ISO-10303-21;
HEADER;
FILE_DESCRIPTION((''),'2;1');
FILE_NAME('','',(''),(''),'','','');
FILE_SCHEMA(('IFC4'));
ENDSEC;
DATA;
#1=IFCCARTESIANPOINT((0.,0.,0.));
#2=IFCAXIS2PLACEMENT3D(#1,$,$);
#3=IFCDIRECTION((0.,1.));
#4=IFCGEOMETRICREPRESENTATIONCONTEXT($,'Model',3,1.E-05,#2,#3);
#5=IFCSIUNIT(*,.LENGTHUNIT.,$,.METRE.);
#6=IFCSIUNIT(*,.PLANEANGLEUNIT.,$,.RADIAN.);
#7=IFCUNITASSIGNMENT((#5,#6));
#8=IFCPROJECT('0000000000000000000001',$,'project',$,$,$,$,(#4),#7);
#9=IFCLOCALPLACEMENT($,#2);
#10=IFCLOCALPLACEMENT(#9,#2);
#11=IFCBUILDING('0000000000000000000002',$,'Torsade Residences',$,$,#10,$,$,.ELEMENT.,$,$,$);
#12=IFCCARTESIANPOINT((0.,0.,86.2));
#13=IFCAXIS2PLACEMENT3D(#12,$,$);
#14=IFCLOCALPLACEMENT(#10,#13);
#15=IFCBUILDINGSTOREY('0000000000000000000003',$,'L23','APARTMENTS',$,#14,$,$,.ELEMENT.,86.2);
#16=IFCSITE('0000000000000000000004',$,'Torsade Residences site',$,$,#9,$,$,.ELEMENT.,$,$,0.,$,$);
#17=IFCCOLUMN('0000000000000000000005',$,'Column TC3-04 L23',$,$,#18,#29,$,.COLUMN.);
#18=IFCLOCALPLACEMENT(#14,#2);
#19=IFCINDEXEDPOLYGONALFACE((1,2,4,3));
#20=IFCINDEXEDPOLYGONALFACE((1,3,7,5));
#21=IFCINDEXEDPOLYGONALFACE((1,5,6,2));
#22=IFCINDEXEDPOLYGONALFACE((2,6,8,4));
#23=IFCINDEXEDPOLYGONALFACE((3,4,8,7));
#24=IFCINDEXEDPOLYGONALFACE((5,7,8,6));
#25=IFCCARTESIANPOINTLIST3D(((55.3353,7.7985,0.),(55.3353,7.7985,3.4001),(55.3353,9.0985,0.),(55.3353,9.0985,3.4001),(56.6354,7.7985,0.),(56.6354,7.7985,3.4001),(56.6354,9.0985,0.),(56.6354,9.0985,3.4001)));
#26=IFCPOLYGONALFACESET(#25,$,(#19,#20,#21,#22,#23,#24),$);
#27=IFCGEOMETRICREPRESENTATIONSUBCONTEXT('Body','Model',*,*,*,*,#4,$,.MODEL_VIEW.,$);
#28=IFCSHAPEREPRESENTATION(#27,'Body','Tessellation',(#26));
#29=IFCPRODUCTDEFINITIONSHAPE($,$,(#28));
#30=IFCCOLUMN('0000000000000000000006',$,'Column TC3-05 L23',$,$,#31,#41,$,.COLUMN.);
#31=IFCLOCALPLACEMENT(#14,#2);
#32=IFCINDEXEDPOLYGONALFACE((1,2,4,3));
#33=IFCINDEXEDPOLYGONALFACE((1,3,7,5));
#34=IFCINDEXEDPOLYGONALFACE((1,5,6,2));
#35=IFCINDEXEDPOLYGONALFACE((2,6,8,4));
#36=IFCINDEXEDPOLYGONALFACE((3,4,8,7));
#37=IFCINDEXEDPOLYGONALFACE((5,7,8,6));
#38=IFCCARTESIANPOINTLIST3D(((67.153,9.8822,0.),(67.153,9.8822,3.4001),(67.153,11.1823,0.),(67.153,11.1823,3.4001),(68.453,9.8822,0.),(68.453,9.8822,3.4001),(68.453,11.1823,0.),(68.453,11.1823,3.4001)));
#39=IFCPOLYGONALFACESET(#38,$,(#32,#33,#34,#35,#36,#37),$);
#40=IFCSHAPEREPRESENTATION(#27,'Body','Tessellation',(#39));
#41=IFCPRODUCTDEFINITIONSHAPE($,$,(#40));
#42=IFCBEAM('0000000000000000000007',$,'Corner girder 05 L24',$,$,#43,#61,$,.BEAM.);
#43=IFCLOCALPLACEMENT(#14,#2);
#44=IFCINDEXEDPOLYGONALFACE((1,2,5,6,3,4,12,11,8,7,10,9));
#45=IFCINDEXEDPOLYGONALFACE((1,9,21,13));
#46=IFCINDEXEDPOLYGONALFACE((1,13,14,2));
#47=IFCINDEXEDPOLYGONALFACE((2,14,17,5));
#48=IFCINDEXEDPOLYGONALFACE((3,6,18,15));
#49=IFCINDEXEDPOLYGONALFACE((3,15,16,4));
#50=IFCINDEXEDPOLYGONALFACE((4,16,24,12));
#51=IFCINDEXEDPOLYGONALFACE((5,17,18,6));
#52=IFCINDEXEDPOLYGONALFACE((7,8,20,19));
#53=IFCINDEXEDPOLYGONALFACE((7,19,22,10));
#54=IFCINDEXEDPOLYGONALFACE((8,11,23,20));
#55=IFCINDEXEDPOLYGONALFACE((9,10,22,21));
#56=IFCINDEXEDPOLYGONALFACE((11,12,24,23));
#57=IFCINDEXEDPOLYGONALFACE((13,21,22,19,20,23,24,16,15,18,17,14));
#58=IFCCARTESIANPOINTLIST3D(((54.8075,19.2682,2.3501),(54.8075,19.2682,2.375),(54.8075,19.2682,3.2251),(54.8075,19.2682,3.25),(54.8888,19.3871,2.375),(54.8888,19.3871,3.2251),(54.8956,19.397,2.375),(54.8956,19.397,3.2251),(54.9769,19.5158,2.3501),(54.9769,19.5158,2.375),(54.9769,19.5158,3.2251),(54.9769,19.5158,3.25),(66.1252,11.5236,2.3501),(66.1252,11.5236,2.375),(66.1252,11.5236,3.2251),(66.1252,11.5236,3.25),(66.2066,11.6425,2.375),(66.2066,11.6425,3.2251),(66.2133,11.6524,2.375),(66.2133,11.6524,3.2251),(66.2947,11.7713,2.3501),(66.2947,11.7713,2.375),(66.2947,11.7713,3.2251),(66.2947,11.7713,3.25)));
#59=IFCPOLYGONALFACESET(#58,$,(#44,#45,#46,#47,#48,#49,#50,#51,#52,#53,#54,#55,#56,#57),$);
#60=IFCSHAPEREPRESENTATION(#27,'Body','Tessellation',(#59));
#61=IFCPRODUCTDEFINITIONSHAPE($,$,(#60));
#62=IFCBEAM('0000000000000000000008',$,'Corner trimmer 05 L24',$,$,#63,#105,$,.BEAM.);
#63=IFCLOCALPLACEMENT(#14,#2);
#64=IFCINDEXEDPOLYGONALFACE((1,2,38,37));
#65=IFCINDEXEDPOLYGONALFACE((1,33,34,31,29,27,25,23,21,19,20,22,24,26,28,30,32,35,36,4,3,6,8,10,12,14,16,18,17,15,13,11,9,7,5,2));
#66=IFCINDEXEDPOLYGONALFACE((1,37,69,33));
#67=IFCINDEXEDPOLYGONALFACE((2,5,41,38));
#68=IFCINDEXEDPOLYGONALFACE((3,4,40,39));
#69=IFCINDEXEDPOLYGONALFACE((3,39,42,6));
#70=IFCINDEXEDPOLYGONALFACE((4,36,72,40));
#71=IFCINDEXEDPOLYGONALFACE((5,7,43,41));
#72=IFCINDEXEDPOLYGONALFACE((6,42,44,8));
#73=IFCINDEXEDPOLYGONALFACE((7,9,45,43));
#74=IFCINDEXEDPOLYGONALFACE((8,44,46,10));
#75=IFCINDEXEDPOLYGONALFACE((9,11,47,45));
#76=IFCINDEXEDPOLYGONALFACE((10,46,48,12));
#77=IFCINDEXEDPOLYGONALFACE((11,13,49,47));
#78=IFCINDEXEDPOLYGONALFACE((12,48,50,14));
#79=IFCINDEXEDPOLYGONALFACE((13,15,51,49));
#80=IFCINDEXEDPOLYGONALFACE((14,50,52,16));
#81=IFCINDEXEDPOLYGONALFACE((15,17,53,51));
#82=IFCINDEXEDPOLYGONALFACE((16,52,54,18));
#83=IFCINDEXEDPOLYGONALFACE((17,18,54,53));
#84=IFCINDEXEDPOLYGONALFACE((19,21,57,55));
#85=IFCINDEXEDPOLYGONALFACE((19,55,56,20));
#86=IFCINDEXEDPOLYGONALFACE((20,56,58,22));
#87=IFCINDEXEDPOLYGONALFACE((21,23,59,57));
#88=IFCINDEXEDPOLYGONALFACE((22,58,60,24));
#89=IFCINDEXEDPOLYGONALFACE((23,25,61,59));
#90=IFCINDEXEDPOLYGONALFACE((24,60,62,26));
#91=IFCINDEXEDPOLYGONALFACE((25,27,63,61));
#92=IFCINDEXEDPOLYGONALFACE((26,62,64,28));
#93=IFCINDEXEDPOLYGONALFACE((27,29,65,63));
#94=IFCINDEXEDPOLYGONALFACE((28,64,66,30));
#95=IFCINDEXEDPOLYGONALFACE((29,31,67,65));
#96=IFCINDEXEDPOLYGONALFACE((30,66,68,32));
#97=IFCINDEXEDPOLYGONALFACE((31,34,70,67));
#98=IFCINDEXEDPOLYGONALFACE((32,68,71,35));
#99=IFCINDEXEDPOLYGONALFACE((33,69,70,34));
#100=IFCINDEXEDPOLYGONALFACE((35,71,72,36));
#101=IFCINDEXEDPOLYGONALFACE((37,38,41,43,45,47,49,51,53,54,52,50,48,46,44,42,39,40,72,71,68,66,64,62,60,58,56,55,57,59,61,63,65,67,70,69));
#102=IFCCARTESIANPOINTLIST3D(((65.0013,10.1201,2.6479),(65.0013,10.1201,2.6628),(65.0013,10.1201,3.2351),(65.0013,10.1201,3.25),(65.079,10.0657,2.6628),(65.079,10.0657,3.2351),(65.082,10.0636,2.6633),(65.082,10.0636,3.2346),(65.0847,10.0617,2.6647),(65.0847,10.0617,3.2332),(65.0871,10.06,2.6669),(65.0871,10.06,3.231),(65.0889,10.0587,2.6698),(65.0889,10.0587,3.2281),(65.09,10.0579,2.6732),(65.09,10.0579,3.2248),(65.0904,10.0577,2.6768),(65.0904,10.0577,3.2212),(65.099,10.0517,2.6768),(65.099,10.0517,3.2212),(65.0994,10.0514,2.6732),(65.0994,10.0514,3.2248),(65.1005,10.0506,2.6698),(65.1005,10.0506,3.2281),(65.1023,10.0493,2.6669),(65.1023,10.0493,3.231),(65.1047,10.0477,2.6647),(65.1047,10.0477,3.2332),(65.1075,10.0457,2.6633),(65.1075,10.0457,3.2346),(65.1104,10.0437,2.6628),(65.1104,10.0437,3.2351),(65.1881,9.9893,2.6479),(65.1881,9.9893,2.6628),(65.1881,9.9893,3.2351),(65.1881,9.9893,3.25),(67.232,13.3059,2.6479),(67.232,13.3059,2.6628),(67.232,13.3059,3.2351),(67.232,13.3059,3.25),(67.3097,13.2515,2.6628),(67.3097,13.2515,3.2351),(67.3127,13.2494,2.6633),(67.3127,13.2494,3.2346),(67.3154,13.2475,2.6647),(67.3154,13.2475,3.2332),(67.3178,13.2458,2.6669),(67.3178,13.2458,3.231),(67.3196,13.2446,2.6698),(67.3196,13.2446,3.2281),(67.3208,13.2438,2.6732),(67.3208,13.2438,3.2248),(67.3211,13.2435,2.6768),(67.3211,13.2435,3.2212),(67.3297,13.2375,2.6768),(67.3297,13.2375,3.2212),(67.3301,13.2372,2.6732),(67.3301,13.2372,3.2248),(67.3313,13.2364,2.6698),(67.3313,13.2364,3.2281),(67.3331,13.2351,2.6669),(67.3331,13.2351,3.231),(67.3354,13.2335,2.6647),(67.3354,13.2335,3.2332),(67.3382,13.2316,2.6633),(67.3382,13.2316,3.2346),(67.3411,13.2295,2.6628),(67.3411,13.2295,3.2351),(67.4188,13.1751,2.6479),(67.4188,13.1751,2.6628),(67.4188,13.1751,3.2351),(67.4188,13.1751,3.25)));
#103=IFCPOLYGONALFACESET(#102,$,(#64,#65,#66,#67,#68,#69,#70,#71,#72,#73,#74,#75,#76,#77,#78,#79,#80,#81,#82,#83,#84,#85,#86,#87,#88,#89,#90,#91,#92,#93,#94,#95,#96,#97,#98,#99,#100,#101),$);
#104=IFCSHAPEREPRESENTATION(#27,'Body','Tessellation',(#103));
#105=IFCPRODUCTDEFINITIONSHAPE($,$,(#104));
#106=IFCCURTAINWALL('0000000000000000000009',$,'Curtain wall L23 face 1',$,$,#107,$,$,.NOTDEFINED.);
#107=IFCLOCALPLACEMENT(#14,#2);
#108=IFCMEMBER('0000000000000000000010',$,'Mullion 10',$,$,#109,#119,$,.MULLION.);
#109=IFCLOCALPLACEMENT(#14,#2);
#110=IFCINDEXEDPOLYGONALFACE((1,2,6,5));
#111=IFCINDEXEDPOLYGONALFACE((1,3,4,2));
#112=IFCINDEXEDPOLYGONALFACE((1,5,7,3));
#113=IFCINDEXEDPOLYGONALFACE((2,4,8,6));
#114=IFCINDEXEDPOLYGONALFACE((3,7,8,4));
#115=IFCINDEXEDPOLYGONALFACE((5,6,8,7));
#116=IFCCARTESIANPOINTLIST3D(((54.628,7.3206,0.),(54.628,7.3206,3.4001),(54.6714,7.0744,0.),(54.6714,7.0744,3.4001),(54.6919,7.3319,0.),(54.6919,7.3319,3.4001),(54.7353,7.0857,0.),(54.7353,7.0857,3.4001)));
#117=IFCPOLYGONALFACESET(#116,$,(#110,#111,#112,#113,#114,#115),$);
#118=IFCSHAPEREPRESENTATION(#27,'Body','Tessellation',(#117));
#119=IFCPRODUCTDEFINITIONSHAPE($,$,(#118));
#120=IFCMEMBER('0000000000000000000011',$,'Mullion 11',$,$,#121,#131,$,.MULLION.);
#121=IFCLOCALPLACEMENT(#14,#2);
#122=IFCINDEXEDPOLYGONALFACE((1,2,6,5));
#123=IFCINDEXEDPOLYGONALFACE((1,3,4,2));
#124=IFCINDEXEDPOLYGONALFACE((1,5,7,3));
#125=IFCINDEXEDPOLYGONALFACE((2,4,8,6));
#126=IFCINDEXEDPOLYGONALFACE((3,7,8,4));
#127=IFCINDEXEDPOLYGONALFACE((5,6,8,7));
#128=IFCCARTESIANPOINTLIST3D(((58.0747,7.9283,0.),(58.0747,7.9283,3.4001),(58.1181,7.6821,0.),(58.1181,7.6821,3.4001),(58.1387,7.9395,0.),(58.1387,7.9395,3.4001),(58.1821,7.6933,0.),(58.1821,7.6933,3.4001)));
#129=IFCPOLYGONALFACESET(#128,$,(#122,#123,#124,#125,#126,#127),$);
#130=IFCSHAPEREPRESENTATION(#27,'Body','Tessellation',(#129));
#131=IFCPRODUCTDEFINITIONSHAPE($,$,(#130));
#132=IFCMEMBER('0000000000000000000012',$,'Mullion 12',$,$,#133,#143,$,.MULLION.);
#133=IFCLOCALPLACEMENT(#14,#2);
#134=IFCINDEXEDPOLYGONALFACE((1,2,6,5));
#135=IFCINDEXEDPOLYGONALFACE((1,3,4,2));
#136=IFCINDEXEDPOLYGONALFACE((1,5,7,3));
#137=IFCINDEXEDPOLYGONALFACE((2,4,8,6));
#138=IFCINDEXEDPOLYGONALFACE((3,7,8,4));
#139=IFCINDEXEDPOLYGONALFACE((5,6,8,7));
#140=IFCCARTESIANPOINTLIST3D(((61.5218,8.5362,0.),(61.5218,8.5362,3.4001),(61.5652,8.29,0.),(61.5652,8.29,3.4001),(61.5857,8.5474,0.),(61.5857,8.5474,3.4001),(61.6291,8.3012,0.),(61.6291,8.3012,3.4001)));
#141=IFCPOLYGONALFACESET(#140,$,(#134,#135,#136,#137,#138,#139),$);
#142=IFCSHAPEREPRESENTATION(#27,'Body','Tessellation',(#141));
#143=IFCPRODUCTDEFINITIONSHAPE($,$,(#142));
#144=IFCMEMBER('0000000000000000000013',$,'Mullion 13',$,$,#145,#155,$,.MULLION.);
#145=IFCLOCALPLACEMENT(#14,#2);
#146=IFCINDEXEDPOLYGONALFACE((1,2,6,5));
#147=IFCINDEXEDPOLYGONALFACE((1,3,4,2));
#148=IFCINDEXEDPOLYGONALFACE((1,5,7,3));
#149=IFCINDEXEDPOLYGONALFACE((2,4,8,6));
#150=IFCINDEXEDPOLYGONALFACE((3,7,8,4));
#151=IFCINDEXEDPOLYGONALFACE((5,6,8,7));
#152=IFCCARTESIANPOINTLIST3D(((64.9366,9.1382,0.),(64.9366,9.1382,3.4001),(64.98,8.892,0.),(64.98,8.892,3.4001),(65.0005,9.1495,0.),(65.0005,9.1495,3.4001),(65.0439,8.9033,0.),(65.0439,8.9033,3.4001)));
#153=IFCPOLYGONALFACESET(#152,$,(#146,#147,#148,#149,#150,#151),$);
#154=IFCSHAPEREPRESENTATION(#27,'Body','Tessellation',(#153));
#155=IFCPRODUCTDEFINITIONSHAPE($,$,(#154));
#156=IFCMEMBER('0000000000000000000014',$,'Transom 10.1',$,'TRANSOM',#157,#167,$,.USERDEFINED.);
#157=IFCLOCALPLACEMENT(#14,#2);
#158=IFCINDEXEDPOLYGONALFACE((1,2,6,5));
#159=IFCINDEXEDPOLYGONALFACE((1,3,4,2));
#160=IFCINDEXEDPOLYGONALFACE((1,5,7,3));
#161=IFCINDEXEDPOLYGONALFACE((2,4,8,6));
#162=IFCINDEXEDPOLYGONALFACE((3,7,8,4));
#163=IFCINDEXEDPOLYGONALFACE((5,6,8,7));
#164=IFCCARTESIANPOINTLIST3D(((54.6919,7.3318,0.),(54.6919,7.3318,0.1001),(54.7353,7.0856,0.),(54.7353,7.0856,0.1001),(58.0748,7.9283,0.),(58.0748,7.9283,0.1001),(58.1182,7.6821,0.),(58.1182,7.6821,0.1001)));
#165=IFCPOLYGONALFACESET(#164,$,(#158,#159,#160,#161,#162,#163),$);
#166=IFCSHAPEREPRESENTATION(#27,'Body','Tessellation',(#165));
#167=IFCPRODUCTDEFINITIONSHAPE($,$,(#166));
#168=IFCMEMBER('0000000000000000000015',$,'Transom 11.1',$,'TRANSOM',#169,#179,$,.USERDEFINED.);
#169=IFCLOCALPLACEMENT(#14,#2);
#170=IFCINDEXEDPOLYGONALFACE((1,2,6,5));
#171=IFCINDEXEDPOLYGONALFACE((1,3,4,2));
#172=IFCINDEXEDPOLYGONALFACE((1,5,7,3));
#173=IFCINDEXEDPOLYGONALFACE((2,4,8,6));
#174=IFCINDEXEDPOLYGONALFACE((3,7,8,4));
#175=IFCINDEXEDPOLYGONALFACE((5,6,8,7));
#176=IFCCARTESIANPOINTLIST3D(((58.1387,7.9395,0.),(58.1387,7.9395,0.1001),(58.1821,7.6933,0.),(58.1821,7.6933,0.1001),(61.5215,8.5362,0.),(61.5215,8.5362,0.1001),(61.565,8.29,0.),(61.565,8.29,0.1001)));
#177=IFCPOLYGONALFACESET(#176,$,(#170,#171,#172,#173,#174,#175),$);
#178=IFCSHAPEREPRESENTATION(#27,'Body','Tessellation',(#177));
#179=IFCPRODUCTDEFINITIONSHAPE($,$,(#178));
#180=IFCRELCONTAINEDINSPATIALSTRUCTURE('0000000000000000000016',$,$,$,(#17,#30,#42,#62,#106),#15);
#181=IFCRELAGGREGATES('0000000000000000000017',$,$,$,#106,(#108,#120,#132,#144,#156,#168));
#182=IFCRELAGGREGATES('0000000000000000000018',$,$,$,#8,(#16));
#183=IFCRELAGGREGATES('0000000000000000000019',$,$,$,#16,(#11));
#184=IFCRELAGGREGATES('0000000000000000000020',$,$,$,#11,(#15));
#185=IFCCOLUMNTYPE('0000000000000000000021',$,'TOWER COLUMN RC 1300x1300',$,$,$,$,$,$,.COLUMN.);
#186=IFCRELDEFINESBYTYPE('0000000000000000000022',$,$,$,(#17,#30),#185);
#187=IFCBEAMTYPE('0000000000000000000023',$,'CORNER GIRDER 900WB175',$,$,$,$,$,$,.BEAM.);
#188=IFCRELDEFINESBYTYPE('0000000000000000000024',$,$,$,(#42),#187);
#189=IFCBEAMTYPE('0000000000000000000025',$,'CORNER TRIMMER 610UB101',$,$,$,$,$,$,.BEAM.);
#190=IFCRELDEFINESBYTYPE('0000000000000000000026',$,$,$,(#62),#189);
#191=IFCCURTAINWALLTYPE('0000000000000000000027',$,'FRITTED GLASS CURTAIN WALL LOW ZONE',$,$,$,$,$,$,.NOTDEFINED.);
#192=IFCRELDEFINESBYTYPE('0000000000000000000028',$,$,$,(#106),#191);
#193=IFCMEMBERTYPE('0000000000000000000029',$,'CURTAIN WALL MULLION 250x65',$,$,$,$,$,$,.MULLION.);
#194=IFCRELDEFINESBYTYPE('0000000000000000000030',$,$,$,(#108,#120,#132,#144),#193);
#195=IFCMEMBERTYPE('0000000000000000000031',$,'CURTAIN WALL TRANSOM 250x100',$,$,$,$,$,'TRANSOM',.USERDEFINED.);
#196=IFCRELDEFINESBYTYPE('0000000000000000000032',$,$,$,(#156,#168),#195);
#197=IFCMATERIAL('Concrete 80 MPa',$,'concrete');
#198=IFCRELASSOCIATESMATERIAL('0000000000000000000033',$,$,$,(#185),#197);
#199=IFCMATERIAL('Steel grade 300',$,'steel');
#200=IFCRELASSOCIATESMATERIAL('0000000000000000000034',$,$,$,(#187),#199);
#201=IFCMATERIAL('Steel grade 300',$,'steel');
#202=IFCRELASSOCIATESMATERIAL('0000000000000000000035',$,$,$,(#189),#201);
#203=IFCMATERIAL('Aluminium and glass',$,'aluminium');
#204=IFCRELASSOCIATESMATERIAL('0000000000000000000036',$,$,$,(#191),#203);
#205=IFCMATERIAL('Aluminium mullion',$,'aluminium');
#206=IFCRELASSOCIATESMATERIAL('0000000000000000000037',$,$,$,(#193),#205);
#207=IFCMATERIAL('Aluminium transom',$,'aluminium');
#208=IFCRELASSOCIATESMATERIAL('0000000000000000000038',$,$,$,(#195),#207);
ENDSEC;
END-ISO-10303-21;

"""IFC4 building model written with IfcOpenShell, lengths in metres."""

from ifc_helpers import new_model, si_unit, direction, frame, origin, origin_2d, place, context, subcontext, project, spatial, rectangle, i_section, extrude, material, material_profile, profile_set, type_object, element, aggregate, save


model = new_model("IFC4")

# Units and contexts
model_context = context("Model", 3, precision=1e-05, world=origin(), true_north=direction((0.0, 1.0)))
body_context = subcontext(model_context, "Body", "Model", "MODEL_VIEW")
ifc_project = project(units=[si_unit("LENGTHUNIT", "METRE"), si_unit("PLANEANGLEUNIT", "RADIAN")], contexts=[model_context])

# Site, building, storey
site_placement = place(None, origin())
site = spatial("IfcSite", under=ifc_project, at=site_placement, Name="Torsade Residences site", CompositionType="ELEMENT", RefElevation=0.0)
building_placement = place(site_placement, origin())
building = spatial("IfcBuilding", under=site, at=building_placement, Name="Torsade Residences", CompositionType="ELEMENT")
storey_placement = place(building_placement, frame((0.0, 0.0, 86.2)))
storey = spatial("IfcBuildingStorey", under=building, at=storey_placement, Name="L23", Description="APARTMENTS", CompositionType="ELEMENT", Elevation=86.2)

# Columns
ifc_material_1 = material(Name="Concrete 80 MPa", Category="concrete")
ifc_material_profile_1 = material_profile(ifc_material_1, rectangle(XDim=1.3, YDim=1.3, at=origin_2d()), Name="RC 1300x1300")
ifc_profile_set_1 = profile_set([ifc_material_profile_1], Name="Concrete 80 MPa")
column_type = type_object("IfcColumnType", Name="TOWER COLUMN RC 1300x1300", PredefinedType="COLUMN", material=ifc_profile_set_1)
for number, where, z_axis, x_axis, name in (
    (1, (55.9854, 8.4485, 0.0), (0.0, 0.0, 1.0), (1.0, 0.0, 0.0), "Column TC3-04 L23"),
    (2, (67.803, 10.5322, 0.0), (0.0, 0.0, 1.0), (1.0, 0.0, 0.0), "Column TC3-05 L23"),
):
    element("IfcColumn", number, at=place(storey_placement, frame(where, z_axis=z_axis, x_axis=x_axis)), inside=storey, type_object=column_type, Name=name, PredefinedType="COLUMN", context=body_context, shape_type="SweptSolid", body=[
        extrude(rectangle(XDim=1.3, YDim=1.3, at=origin_2d()), origin(), (0.0, 0.0, 1.0), 3.4001),
    ])

# Beams
ifc_material_2 = material(Name="Steel grade 300", Category="steel")
ifc_material_profile_2 = material_profile(ifc_material_2, i_section(OverallWidth=0.3, OverallDepth=0.8999, WebThickness=0.012, FlangeThickness=0.0249, at=origin_2d()), Name="900WB175")
ifc_profile_set_2 = profile_set([ifc_material_profile_2], Name="Steel grade 300")
beam_type_1 = type_object("IfcBeamType", Name="CORNER GIRDER 900WB175", PredefinedType="BEAM", material=ifc_profile_set_2)
beam_1_placement = place(storey_placement, frame((66.21, 11.6475, 2.8), z_axis=(-0.825279, 0.564725, 0.0), x_axis=(-0.564725, -0.825279, 0.0)))
element("IfcBeam", 3, at=beam_1_placement, inside=storey, type_object=beam_type_1, Name="Corner girder 05 L24", PredefinedType="BEAM", context=body_context, shape_type="SweptSolid", body=[
    extrude(i_section(OverallWidth=0.3, OverallDepth=0.8999, WebThickness=0.012, FlangeThickness=0.0249, at=origin_2d()), origin(), (0.0, 0.0, 1.0), 13.7139),
])
ifc_material_3 = material(Name="Steel grade 300", Category="steel")
ifc_material_profile_3 = material_profile(ifc_material_3, i_section(OverallWidth=0.228, OverallDepth=0.6021, WebThickness=0.0105, FlangeThickness=0.0149, FilletRadius=0.0139, at=origin_2d()), Name="610UB101")
ifc_profile_set_3 = profile_set([ifc_material_profile_3], Name="Steel grade 300")
beam_type_2 = type_object("IfcBeamType", Name="CORNER TRIMMER 610UB101", PredefinedType="BEAM", material=ifc_profile_set_3)
beam_2_placement = place(storey_placement, frame((67.3254, 13.2405, 2.949), z_axis=(-0.573576, -0.819152, 0.0), x_axis=(0.819152, -0.573576, 0.0)))
element("IfcBeam", 4, at=beam_2_placement, inside=storey, type_object=beam_type_2, Name="Corner trimmer 05 L24", PredefinedType="BEAM", context=body_context, shape_type="SweptSolid", body=[
    extrude(i_section(OverallWidth=0.228, OverallDepth=0.6021, WebThickness=0.0105, FlangeThickness=0.0149, FilletRadius=0.0139, at=origin_2d()), origin(), (0.0, 0.0, 1.0), 3.8892),
])

# Curtain wall, members
ifc_material_4 = material(Name="Aluminium and glass", Category="aluminium")
curtain_wall_type = type_object("IfcCurtainWallType", Name="FRITTED GLASS CURTAIN WALL LOW ZONE", PredefinedType="NOTDEFINED", material=ifc_material_4)
curtain_wall_placement = place(storey_placement, origin())
curtain_wall = element("IfcCurtainWall", 5, at=curtain_wall_placement, inside=storey, type_object=curtain_wall_type, Name="Curtain wall L23 face 1", PredefinedType="NOTDEFINED")
ifc_material_5 = material(Name="Aluminium mullion", Category="aluminium")
ifc_material_profile_4 = material_profile(ifc_material_5, rectangle(XDim=0.25, YDim=0.0649, at=origin_2d()), Name="CURTAIN WALL MULLION 250x65")
ifc_profile_set_4 = profile_set([ifc_material_profile_4], Name="Aluminium mullion")
member_type_1 = type_object("IfcMemberType", Name="CURTAIN WALL MULLION 250x65", PredefinedType="MULLION", material=ifc_profile_set_4)
member_1_placement = place(storey_placement, frame((54.6816, 7.2031, 0.0), z_axis=(0.0, 0.0, 1.0), x_axis=(-0.173648, 0.984808, 0.0)))
member_1 = element("IfcMember", 6, at=member_1_placement, type_object=member_type_1, Name="Mullion 10", PredefinedType="MULLION", context=body_context, shape_type="SweptSolid", body=[
    extrude(rectangle(XDim=0.25, YDim=0.0649, at=origin_2d()), origin(), (0.0, 0.0, 1.0), 3.4001),
])
member_2_placement = place(storey_placement, frame((58.1284, 7.8108, 0.0), z_axis=(0.0, 0.0, 1.0), x_axis=(-0.173648, 0.984808, 0.0)))
member_2 = element("IfcMember", 7, at=member_2_placement, type_object=member_type_1, Name="Mullion 11", PredefinedType="MULLION", context=body_context, shape_type="SweptSolid", body=[
    extrude(rectangle(XDim=0.25, YDim=0.0649, at=origin_2d()), origin(), (0.0, 0.0, 1.0), 3.4001),
])
member_3_placement = place(storey_placement, frame((61.5754, 8.4187, 0.0), z_axis=(0.0, 0.0, 1.0), x_axis=(-0.173648, 0.984808, 0.0)))
member_3 = element("IfcMember", 8, at=member_3_placement, type_object=member_type_1, Name="Mullion 12", PredefinedType="MULLION", context=body_context, shape_type="SweptSolid", body=[
    extrude(rectangle(XDim=0.25, YDim=0.0649, at=origin_2d()), origin(), (0.0, 0.0, 1.0), 3.4001),
])
member_4_placement = place(storey_placement, frame((64.9902, 9.0208, 0.0), z_axis=(0.0, 0.0, 1.0), x_axis=(-0.173648, 0.984808, 0.0)))
member_4 = element("IfcMember", 9, at=member_4_placement, type_object=member_type_1, Name="Mullion 13", PredefinedType="MULLION", context=body_context, shape_type="SweptSolid", body=[
    extrude(rectangle(XDim=0.25, YDim=0.0649, at=origin_2d()), origin(), (0.0, 0.0, 1.0), 3.4001),
])
ifc_material_6 = material(Name="Aluminium transom", Category="aluminium")
ifc_material_profile_5 = material_profile(ifc_material_6, rectangle(XDim=0.25, YDim=0.1001, at=origin_2d()), Name="CURTAIN WALL TRANSOM 250x100")
ifc_profile_set_5 = profile_set([ifc_material_profile_5], Name="Aluminium transom")
member_type_2 = type_object("IfcMemberType", Name="CURTAIN WALL TRANSOM 250x100", ElementType="TRANSOM", PredefinedType="USERDEFINED", material=ifc_profile_set_5)
member_5_placement = place(storey_placement, frame((54.7136, 7.2087, 0.05), z_axis=(0.98481, 0.173635, 0.0), x_axis=(-0.173635, 0.98481, 0.0)))
member_5 = element("IfcMember", 10, at=member_5_placement, type_object=member_type_2, Name="Transom 10.1", ObjectType="TRANSOM", PredefinedType="USERDEFINED", context=body_context, shape_type="SweptSolid", body=[
    extrude(rectangle(XDim=0.25, YDim=0.1001, at=origin_2d()), origin(), (0.0, 0.0, 1.0), 3.4351),
])
member_6_placement = place(storey_placement, frame((58.1604, 7.8164, 0.05), z_axis=(0.984798, 0.173704, 0.0), x_axis=(-0.173704, 0.984798, 0.0)))
member_6 = element("IfcMember", 11, at=member_6_placement, type_object=member_type_2, Name="Transom 11.1", ObjectType="TRANSOM", PredefinedType="USERDEFINED", context=body_context, shape_type="SweptSolid", body=[
    extrude(rectangle(XDim=0.25, YDim=0.1001, at=origin_2d()), origin(), (0.0, 0.0, 1.0), 3.4351),
])

aggregate(curtain_wall, [member_1, member_2, member_3, member_4, member_5, member_6])

save(model, "model.ifc")
